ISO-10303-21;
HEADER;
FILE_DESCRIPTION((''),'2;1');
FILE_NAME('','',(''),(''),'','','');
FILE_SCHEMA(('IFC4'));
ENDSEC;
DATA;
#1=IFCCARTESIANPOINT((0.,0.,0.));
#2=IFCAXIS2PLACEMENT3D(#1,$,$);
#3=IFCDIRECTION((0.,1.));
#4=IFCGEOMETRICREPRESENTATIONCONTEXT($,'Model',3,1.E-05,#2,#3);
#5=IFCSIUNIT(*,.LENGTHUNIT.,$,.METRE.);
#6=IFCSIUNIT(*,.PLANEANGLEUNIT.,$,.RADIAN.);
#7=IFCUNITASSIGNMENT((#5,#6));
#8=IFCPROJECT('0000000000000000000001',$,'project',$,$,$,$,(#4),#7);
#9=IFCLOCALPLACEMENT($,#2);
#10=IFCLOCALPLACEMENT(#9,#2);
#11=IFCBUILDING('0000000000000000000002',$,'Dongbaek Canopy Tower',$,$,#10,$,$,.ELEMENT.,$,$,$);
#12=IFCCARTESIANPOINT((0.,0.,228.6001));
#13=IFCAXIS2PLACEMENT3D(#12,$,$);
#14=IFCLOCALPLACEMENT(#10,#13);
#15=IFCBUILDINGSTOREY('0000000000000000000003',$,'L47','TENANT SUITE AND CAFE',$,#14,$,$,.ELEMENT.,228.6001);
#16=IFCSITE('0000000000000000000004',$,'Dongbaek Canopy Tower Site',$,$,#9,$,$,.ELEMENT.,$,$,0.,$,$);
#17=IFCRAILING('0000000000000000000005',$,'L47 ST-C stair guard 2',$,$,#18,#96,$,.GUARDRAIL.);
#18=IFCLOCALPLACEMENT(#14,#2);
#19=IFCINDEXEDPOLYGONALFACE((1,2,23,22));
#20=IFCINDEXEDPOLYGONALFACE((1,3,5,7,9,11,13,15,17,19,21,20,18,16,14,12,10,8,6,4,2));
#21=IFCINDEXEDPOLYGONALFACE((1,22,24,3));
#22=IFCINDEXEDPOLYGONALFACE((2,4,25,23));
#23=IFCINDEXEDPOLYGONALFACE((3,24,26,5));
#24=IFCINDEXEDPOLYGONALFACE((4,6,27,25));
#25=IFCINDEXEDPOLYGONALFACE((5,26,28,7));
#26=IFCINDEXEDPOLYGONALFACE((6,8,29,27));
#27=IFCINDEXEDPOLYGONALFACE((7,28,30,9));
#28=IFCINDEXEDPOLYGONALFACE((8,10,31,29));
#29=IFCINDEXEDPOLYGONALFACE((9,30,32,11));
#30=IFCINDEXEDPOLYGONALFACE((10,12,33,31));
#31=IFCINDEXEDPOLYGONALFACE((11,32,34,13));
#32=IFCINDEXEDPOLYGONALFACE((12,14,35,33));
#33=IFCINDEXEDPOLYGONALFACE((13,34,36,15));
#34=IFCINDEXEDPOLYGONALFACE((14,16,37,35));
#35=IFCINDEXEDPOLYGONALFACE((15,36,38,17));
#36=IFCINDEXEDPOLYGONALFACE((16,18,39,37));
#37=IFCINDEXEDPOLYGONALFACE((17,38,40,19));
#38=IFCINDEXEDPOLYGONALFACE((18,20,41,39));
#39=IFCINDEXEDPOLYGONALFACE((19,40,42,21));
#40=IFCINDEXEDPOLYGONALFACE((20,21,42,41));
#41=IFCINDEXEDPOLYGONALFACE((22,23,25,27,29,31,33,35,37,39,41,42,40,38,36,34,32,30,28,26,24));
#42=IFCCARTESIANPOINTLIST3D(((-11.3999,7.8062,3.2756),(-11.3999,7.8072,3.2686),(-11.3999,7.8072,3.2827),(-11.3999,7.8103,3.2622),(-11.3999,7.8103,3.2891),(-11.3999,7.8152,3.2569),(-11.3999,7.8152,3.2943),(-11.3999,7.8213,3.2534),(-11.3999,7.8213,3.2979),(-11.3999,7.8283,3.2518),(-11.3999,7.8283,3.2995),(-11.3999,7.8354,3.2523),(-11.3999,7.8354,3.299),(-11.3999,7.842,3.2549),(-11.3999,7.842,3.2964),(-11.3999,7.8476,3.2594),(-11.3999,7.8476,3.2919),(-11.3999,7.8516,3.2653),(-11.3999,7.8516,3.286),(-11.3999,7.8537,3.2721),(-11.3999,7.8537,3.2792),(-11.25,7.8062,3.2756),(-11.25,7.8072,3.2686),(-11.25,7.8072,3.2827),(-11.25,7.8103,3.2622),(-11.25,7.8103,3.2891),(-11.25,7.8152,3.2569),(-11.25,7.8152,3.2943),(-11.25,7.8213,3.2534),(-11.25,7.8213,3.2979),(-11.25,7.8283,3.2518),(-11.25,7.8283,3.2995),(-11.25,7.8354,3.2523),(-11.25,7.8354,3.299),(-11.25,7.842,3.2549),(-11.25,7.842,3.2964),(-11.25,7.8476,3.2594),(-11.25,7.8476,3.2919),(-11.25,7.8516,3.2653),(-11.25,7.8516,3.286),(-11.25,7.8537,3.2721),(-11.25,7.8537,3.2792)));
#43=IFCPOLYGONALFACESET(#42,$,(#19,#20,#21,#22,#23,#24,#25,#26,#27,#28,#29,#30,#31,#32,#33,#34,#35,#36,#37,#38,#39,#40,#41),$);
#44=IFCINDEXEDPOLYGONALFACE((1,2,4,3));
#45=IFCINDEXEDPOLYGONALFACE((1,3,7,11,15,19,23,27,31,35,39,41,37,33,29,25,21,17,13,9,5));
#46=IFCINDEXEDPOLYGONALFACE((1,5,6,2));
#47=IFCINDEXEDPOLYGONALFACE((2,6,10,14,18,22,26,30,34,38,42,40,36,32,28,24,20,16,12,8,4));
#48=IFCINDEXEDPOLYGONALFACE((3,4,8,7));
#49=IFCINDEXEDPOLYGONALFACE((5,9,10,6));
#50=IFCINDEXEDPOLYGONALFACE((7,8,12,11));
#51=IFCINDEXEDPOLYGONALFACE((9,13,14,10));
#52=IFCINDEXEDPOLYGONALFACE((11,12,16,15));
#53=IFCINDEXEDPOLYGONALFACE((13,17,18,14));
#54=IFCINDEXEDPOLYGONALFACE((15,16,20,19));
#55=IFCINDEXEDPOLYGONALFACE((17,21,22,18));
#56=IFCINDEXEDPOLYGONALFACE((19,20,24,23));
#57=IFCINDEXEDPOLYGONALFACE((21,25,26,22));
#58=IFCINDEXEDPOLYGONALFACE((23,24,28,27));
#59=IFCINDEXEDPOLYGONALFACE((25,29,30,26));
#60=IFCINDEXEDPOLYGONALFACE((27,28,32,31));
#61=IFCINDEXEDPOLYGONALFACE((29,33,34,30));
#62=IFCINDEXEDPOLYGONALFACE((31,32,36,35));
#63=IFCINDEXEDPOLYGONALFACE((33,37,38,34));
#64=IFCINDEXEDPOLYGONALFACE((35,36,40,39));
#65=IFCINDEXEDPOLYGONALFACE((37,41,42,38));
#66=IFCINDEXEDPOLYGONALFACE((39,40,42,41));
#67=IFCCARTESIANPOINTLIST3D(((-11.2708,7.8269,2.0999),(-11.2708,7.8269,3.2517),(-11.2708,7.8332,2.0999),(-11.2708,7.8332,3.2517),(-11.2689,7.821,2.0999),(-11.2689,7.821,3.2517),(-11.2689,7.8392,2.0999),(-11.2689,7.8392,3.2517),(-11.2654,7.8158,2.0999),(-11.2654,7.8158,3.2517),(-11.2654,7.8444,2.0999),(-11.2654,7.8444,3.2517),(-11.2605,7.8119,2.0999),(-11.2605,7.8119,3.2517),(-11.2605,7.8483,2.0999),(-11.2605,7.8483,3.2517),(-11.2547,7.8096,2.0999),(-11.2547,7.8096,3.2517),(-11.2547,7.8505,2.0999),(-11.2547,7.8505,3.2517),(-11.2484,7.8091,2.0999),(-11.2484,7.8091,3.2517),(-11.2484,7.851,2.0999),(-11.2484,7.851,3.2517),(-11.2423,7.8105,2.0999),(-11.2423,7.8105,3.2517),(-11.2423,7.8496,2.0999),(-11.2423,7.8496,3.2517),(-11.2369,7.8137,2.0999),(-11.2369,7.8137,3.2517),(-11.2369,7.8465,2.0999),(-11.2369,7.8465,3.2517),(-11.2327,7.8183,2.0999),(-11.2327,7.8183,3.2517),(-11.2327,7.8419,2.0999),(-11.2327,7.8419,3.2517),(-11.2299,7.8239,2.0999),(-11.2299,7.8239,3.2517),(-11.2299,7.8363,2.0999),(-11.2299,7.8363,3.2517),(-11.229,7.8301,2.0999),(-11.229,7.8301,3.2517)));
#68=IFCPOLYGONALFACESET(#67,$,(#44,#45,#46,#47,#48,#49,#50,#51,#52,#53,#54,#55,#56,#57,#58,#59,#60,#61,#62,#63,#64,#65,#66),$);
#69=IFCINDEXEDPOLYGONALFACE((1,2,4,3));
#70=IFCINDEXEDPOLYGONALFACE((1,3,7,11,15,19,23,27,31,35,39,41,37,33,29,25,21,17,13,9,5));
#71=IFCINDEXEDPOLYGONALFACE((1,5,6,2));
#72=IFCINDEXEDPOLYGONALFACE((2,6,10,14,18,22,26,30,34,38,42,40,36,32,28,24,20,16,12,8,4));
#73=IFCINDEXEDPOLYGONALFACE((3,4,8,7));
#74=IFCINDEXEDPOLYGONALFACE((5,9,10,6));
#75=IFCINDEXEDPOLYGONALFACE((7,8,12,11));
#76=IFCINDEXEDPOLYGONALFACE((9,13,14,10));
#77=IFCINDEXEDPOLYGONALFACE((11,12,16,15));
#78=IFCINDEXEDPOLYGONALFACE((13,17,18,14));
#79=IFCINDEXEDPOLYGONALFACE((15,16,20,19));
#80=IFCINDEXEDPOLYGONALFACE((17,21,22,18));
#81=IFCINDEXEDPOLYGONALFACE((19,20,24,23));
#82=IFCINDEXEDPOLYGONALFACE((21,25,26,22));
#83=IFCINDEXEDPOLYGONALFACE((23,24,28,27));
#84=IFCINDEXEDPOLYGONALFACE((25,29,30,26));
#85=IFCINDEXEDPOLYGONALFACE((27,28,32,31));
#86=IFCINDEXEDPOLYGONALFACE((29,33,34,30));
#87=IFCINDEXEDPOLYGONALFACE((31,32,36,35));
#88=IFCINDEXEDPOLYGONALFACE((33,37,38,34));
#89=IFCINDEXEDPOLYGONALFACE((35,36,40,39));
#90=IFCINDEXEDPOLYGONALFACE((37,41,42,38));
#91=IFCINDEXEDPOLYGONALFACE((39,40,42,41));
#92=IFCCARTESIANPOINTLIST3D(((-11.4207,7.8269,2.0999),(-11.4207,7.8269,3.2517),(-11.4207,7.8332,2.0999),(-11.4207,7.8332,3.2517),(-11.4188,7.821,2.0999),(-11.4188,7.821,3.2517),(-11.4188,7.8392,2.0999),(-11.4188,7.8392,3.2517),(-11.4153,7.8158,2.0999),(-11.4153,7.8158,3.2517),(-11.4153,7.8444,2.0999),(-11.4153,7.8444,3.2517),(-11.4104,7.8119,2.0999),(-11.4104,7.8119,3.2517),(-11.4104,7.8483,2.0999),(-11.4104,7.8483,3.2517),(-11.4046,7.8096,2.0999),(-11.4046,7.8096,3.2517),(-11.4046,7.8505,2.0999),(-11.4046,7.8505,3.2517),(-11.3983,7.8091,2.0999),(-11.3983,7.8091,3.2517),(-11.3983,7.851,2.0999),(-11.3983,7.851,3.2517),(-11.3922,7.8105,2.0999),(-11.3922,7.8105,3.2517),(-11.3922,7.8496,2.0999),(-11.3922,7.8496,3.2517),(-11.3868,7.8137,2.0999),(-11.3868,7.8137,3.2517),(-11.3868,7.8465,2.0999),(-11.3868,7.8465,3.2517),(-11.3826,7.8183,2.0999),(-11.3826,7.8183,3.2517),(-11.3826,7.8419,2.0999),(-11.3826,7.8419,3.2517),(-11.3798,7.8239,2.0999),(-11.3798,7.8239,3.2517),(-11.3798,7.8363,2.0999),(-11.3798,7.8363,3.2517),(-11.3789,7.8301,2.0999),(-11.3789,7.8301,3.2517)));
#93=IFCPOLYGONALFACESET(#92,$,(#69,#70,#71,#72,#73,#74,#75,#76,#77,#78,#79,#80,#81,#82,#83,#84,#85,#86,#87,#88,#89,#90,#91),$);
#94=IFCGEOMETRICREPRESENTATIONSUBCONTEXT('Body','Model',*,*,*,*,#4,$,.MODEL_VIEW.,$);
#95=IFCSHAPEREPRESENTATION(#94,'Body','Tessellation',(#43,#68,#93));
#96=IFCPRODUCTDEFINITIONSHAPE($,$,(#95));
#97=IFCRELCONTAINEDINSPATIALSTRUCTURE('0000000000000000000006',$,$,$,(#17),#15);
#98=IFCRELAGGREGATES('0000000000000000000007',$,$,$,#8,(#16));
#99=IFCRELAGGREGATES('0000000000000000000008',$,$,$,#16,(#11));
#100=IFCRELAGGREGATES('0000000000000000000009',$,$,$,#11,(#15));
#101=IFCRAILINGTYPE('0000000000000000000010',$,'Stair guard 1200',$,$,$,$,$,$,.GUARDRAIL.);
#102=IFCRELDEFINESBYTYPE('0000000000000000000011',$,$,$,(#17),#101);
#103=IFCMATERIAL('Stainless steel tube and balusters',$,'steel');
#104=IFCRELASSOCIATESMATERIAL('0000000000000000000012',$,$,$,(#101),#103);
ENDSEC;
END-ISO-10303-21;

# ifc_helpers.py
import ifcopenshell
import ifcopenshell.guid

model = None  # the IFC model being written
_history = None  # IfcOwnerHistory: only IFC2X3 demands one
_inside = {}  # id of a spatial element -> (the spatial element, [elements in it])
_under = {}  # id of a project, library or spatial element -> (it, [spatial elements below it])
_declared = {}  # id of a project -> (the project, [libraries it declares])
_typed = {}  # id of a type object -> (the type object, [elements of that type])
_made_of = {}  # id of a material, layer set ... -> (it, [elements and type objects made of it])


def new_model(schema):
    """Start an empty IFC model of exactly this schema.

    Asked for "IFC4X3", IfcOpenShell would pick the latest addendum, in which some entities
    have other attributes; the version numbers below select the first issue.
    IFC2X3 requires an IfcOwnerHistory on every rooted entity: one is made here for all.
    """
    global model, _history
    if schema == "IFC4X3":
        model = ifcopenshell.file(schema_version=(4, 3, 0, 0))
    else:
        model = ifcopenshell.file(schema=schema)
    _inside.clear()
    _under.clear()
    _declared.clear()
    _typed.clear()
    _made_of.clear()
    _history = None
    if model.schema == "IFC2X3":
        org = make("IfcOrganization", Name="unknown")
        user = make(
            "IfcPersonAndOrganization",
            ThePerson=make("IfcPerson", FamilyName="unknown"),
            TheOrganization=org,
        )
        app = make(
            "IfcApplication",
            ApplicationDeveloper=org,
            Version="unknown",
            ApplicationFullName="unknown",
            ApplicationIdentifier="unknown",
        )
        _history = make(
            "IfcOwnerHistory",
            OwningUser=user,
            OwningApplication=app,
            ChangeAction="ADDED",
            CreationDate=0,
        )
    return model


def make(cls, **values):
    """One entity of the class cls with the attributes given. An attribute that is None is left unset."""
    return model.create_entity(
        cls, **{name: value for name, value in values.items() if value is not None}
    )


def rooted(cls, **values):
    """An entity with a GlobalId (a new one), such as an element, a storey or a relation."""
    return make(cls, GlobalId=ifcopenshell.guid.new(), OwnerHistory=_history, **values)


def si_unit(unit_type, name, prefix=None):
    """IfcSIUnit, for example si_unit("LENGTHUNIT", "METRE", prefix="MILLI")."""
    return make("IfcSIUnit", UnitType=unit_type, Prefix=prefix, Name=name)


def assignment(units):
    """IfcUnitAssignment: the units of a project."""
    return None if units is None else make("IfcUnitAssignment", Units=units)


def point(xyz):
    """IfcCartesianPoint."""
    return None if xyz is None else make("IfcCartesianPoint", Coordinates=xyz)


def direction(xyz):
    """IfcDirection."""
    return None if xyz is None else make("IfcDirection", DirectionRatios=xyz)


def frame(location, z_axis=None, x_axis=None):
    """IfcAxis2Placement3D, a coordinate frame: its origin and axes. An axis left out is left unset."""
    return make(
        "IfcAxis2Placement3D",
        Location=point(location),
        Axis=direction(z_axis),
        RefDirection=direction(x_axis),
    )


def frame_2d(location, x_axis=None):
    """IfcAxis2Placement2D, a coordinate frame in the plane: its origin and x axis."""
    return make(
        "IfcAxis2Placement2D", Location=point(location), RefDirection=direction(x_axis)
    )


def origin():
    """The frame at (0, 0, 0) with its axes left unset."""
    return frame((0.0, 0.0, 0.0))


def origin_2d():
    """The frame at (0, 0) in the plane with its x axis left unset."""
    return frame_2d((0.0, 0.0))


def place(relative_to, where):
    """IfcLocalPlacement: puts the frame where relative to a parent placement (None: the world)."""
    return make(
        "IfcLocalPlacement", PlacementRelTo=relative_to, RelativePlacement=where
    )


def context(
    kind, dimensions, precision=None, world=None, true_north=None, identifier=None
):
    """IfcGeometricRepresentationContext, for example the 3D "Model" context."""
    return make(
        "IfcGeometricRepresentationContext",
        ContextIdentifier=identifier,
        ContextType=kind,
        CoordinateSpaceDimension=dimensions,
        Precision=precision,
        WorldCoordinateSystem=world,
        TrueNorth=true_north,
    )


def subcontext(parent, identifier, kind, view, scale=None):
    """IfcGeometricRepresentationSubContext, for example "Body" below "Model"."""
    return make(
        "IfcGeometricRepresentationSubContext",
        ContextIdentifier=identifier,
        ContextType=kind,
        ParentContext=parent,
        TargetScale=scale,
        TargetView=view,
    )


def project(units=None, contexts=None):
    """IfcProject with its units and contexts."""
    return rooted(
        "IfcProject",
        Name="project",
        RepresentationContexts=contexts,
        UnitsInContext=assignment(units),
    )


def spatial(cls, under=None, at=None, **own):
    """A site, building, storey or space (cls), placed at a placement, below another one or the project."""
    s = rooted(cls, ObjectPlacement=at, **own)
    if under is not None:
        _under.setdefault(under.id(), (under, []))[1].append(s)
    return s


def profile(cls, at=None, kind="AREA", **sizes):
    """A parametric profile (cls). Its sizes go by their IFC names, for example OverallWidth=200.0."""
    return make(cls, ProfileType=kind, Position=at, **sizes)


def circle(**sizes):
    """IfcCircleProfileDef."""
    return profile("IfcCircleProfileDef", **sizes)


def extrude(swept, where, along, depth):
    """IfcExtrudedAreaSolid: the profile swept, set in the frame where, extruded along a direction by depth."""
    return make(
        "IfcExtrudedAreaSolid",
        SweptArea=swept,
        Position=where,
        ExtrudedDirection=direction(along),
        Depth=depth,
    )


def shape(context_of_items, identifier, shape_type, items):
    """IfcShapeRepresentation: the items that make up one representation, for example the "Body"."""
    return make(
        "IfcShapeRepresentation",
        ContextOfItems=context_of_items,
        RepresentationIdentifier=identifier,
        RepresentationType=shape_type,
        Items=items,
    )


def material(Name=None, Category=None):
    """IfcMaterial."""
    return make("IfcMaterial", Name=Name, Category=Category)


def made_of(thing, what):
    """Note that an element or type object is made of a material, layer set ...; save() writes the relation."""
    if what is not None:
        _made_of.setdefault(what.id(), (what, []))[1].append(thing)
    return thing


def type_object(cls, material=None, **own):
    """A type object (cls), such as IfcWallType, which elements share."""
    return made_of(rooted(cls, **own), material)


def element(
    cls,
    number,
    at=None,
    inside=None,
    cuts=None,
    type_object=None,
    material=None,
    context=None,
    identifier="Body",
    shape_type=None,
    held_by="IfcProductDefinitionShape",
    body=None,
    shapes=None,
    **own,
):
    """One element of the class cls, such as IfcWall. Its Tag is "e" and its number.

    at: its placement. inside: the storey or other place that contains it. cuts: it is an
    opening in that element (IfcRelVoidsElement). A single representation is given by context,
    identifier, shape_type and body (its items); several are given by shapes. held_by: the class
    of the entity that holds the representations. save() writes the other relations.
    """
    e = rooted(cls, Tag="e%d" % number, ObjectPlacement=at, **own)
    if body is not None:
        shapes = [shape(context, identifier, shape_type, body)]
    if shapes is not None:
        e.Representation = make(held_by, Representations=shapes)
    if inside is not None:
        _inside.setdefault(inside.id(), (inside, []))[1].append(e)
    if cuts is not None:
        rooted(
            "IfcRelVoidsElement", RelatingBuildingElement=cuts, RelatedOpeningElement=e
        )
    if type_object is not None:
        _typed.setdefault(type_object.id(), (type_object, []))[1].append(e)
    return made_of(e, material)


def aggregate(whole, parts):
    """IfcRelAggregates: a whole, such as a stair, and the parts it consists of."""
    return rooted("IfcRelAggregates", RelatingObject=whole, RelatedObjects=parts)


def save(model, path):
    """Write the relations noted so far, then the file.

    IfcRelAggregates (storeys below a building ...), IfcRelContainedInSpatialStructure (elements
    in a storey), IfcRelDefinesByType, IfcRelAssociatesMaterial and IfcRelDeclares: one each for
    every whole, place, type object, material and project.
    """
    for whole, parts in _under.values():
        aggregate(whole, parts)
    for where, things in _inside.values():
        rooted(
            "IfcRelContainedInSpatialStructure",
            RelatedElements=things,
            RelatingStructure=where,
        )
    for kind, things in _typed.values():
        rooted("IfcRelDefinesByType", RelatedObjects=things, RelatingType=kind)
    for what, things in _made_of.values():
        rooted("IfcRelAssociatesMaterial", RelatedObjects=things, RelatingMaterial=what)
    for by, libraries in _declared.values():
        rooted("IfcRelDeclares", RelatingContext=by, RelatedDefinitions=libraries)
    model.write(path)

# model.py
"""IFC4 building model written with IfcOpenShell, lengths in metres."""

from ifc_helpers import new_model, si_unit, direction, frame, origin, origin_2d, place, context, subcontext, project, spatial, circle, extrude, material, type_object, element, save


model = new_model("IFC4")

# Units and contexts
model_context = context("Model", 3, precision=1e-05, world=origin(), true_north=direction((0.0, 1.0)))
body_context = subcontext(model_context, "Body", "Model", "MODEL_VIEW")
ifc_project = project(units=[si_unit("LENGTHUNIT", "METRE"), si_unit("PLANEANGLEUNIT", "RADIAN")], contexts=[model_context])

# Site, building, storey
site_placement = place(None, origin())
site = spatial("IfcSite", under=ifc_project, at=site_placement, Name="Dongbaek Canopy Tower Site", CompositionType="ELEMENT", RefElevation=0.0)
building_placement = place(site_placement, origin())
building = spatial("IfcBuilding", under=site, at=building_placement, Name="Dongbaek Canopy Tower", CompositionType="ELEMENT")
storey_placement = place(building_placement, frame((0.0, 0.0, 228.6001)))
storey = spatial("IfcBuildingStorey", under=building, at=storey_placement, Name="L47", Description="TENANT SUITE AND CAFE", CompositionType="ELEMENT", Elevation=228.6001)

# Railing
ifc_material_1 = material(Name="Stainless steel tube and balusters", Category="steel")
railing_type_1 = type_object("IfcRailingType", Name="Stair guard 1200", PredefinedType="GUARDRAIL", material=ifc_material_1)
railing_1_placement = place(storey_placement, frame((-11.25, 7.8301, 2.0999)))
element("IfcRailing", 1, at=railing_1_placement, inside=storey, type_object=railing_type_1, Name="L47 ST-C stair guard 2", PredefinedType="GUARDRAIL", context=body_context, shape_type="SweptSolid", body=[
    extrude(circle(Radius=0.0239, at=origin_2d()), frame((0.0, 0.0, 1.1758), z_axis=(-1.0, 0.0, 0.0), x_axis=(0.0, -1.0, 0.0)), (0.0, 0.0, 1.0), 0.1499),
    extrude(circle(Radius=0.021, at=origin_2d()), origin(), (0.0, 0.0, 1.0), 1.1519),
    extrude(circle(Radius=0.021, at=origin_2d()), frame((-0.1499, 0.0, 0.0)), (0.0, 0.0, 1.0), 1.1519),
])

save(model, "model.ifc")
